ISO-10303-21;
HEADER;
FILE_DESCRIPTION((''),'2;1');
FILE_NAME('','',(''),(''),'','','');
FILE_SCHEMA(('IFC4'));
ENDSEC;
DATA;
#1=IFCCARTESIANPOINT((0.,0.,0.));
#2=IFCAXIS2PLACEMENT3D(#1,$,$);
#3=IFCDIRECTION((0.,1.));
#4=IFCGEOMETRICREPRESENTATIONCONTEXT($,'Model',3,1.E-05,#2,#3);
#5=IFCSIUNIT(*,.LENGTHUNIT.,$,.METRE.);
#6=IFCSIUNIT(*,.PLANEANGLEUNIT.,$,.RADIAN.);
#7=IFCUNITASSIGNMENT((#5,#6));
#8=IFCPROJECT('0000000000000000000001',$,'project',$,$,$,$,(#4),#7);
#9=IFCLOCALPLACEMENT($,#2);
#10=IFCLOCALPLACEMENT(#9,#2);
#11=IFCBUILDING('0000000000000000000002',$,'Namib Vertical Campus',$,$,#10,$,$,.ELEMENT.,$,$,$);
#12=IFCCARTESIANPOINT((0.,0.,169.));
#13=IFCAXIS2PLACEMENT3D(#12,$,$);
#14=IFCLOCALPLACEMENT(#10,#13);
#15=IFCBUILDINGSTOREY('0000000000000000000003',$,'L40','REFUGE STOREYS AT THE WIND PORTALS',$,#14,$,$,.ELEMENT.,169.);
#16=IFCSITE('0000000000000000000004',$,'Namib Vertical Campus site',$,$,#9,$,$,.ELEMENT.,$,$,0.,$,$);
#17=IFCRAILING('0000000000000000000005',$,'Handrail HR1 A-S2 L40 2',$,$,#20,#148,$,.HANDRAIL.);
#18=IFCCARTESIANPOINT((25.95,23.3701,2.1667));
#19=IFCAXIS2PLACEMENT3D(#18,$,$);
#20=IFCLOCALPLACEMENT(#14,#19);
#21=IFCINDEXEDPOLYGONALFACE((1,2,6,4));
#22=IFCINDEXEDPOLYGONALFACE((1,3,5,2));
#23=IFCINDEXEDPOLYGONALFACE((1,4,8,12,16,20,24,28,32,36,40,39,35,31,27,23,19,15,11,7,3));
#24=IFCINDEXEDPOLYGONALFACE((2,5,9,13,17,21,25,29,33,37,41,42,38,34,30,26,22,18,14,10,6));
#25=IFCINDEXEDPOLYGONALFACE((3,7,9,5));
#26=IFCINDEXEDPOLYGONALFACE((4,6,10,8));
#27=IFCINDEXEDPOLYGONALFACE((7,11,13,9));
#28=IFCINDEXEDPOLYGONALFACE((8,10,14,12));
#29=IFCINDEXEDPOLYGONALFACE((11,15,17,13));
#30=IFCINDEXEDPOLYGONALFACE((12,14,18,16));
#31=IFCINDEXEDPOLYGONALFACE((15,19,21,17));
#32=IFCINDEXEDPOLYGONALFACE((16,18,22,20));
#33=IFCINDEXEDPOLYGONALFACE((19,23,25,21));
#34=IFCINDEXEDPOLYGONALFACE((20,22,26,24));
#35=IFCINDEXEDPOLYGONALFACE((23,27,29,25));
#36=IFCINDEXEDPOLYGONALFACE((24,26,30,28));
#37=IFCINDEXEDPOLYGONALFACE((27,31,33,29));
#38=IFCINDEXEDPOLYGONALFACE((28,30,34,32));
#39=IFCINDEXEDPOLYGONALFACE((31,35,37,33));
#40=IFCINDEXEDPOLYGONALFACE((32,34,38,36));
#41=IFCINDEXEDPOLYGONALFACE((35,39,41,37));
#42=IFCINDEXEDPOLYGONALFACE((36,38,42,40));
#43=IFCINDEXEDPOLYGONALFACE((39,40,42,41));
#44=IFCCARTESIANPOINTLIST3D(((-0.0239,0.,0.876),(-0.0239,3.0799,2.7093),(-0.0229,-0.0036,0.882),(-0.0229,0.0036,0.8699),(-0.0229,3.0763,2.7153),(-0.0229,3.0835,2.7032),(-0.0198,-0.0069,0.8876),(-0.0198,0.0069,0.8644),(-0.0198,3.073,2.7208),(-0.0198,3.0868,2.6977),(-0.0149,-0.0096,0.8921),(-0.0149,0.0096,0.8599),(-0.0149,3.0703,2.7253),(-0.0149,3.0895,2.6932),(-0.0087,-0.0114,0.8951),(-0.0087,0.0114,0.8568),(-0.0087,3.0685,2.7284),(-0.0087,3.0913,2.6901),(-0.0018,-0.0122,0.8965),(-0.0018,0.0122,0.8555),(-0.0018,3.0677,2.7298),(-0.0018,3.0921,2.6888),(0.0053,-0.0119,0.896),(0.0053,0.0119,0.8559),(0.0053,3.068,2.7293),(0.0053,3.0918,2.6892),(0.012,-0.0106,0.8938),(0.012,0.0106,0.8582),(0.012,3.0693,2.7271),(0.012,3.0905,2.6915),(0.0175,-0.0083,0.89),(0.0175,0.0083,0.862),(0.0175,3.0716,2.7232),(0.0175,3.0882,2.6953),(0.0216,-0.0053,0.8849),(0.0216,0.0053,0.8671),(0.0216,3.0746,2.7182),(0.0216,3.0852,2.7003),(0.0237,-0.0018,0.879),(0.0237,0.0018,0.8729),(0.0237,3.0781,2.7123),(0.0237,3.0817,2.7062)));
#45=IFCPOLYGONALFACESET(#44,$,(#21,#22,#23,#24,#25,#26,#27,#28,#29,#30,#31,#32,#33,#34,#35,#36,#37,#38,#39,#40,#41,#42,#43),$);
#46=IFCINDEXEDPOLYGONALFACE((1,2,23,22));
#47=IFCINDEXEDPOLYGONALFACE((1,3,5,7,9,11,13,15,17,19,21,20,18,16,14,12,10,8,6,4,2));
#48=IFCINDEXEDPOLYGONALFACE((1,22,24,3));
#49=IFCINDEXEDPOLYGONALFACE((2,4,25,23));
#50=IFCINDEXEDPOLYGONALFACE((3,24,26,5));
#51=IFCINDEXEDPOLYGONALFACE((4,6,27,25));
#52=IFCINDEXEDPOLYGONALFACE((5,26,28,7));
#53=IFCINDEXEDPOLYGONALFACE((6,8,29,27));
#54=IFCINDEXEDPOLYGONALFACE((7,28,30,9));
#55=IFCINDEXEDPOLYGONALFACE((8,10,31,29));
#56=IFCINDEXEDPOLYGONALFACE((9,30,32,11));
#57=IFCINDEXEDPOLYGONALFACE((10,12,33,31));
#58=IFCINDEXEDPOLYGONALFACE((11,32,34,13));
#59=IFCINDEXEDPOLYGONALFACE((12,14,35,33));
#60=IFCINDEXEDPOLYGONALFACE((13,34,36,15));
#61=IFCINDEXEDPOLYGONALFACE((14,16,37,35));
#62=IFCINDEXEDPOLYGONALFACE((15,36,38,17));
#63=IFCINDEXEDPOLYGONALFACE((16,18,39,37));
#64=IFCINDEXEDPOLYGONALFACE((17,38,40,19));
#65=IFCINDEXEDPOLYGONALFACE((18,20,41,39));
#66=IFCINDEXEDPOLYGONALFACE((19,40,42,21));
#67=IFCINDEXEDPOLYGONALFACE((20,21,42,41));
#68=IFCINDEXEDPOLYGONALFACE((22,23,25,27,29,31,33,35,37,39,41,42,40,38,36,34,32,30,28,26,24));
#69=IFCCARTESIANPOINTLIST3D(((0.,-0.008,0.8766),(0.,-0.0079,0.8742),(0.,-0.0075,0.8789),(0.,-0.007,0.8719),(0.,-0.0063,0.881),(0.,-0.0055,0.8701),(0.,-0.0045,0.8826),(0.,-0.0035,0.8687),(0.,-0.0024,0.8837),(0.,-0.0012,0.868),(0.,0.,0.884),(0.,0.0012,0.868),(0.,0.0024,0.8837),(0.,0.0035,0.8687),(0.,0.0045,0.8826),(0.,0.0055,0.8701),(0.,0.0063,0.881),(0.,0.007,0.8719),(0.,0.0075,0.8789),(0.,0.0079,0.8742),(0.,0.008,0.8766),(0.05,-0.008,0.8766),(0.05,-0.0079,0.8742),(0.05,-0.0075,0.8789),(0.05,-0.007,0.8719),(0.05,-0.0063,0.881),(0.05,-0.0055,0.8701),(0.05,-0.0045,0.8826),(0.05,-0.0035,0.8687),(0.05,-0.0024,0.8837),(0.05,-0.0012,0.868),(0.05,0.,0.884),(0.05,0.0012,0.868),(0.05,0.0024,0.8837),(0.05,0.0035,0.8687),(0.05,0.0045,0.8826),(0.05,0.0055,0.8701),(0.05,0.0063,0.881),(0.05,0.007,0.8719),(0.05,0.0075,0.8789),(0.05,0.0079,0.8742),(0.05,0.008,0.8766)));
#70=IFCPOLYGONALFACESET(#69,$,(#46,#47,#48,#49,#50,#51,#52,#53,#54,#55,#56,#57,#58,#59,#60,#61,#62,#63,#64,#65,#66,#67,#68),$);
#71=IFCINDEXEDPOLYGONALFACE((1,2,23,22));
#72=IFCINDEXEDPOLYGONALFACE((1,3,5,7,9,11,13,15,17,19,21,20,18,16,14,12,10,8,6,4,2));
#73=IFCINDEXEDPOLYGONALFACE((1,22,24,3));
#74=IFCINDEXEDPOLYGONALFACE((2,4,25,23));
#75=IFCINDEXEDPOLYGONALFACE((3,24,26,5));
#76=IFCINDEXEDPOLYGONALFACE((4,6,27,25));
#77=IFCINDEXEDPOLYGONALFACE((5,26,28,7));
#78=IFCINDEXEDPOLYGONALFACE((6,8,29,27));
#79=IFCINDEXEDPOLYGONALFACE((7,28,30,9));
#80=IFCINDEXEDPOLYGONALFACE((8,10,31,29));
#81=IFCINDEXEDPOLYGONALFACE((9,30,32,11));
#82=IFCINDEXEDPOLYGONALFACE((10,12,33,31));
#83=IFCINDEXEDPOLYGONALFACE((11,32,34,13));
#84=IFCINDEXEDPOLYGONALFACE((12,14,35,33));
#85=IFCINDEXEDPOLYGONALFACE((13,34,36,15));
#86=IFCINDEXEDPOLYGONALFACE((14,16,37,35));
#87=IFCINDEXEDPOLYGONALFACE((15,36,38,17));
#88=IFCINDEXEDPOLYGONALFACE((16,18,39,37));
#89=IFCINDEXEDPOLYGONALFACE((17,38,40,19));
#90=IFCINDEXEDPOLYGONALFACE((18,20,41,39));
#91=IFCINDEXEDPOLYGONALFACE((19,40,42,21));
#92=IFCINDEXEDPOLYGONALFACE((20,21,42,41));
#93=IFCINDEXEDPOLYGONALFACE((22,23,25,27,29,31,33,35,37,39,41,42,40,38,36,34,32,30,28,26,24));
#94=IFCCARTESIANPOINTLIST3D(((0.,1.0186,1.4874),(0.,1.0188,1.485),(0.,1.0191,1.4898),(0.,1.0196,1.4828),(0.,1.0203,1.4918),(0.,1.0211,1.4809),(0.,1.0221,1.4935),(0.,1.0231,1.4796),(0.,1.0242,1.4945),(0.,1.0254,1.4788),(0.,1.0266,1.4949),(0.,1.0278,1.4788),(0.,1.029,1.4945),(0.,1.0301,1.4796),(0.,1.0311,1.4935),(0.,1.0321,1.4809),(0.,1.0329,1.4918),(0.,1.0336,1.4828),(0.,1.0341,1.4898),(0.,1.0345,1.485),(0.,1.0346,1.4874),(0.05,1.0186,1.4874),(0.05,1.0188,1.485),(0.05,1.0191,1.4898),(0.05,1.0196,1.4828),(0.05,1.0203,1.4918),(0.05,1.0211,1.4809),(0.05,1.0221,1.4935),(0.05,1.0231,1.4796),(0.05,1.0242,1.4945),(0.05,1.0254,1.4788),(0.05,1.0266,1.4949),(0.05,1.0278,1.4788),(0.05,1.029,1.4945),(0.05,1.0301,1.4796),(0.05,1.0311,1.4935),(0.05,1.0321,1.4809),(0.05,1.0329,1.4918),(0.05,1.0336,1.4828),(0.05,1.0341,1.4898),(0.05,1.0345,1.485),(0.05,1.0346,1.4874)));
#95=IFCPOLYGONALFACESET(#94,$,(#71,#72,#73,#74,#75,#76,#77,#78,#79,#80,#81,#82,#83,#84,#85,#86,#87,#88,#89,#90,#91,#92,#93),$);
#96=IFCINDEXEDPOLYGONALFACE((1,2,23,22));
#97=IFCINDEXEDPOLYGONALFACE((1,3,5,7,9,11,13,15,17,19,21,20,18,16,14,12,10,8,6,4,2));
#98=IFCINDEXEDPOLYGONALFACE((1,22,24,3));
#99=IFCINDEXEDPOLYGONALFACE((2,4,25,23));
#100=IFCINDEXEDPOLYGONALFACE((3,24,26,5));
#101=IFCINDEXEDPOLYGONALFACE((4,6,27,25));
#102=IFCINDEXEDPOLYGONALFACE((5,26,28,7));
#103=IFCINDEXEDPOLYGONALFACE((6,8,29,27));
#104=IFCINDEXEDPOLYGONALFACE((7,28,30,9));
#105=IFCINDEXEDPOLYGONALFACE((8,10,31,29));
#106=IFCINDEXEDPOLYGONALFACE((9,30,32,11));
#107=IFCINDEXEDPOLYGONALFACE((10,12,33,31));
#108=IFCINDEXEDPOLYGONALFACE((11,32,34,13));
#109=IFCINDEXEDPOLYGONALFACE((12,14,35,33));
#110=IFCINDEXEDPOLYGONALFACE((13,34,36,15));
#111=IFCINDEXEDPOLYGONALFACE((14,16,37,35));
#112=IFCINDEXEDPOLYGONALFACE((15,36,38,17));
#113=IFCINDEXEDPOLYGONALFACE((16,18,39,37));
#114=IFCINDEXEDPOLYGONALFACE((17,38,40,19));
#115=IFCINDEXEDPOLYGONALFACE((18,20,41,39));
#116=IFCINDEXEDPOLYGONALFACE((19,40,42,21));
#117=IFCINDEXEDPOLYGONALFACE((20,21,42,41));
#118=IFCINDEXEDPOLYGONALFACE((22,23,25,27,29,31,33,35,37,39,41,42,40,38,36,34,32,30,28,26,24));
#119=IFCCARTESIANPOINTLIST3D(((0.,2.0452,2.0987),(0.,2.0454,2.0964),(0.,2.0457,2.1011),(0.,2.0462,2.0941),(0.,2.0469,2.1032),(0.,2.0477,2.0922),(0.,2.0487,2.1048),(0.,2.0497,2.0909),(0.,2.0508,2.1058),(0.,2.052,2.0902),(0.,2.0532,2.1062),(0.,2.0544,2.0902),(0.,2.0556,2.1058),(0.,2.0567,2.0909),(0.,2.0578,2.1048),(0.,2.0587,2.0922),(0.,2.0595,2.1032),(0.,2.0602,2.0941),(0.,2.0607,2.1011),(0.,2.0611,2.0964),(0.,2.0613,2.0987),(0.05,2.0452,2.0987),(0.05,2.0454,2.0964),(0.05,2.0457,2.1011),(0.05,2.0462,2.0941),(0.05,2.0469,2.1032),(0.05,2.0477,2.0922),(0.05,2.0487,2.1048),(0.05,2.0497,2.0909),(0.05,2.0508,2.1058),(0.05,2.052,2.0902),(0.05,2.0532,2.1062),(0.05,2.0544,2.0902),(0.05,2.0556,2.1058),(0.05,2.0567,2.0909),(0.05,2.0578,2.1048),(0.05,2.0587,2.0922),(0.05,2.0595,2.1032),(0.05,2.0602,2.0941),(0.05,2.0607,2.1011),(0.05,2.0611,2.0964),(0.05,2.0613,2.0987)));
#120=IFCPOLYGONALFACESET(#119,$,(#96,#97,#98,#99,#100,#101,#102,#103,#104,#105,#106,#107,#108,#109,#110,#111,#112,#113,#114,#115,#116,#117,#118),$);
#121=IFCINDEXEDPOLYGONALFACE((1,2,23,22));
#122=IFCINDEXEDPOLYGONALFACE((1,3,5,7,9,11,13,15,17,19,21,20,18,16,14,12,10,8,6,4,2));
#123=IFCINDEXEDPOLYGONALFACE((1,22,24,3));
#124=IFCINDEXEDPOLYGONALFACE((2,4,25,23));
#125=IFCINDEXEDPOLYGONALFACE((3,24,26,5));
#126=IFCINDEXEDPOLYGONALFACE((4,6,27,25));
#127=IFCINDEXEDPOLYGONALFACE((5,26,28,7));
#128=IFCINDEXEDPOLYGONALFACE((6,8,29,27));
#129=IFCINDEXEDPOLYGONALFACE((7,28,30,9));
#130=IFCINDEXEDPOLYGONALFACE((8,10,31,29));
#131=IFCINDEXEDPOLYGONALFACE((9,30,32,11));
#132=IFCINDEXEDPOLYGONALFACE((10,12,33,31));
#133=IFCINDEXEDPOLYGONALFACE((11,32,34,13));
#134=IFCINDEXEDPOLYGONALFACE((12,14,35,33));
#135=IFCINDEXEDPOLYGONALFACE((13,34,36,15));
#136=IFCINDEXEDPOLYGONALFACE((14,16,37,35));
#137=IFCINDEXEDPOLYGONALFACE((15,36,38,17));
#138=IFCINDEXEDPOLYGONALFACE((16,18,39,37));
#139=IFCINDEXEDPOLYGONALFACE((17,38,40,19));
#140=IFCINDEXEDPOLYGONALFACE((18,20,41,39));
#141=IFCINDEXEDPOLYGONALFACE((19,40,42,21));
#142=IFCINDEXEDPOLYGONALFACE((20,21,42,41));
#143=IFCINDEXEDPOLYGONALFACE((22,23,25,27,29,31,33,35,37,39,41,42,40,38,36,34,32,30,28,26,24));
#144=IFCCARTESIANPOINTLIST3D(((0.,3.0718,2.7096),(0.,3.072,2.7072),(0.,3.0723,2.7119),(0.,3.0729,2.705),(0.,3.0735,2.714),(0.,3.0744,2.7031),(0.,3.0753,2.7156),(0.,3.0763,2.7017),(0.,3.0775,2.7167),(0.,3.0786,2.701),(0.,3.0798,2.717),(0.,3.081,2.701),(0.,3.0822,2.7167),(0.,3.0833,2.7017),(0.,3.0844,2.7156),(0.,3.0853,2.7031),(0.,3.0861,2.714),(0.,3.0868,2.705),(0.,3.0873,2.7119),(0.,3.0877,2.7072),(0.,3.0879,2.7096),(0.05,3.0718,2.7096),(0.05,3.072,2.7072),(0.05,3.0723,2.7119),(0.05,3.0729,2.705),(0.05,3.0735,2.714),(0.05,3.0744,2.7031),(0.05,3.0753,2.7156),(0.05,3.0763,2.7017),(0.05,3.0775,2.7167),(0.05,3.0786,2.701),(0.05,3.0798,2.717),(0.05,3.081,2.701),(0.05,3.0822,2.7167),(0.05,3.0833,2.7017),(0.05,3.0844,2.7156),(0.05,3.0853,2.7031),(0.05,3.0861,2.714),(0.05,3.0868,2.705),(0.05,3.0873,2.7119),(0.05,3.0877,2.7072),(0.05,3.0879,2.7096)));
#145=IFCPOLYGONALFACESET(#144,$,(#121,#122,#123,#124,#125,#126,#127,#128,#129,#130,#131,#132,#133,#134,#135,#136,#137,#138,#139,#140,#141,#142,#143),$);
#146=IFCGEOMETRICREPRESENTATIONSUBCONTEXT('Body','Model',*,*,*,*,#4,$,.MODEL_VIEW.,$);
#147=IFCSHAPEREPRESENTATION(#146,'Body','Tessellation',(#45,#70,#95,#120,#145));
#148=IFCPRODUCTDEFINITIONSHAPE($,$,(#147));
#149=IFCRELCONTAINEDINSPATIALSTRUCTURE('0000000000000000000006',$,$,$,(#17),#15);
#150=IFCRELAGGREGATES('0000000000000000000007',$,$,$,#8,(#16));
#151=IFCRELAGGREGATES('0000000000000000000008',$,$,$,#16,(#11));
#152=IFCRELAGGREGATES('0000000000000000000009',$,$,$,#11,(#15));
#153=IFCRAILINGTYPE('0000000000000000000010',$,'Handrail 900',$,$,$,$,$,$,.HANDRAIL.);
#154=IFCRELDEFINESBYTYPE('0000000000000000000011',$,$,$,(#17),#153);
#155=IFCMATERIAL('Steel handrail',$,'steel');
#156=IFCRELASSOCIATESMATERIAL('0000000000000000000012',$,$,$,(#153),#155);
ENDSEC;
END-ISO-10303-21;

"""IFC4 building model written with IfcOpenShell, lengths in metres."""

from ifc_helpers import new_model, si_unit, direction, frame, origin, origin_2d, place, context, subcontext, project, spatial, circle, extrude, material, type_object, element, save


model = new_model("IFC4")

# Units and contexts
model_context = context("Model", 3, precision=1e-05, world=origin(), true_north=direction((0.0, 1.0)))
body_context = subcontext(model_context, "Body", "Model", "MODEL_VIEW")
ifc_project = project(units=[si_unit("LENGTHUNIT", "METRE"), si_unit("PLANEANGLEUNIT", "RADIAN")], contexts=[model_context])

# Site, building, storey
site_placement = place(None, origin())
site = spatial("IfcSite", under=ifc_project, at=site_placement, Name="Namib Vertical Campus site", CompositionType="ELEMENT", RefElevation=0.0)
building_placement = place(site_placement, origin())
building = spatial("IfcBuilding", under=site, at=building_placement, Name="Namib Vertical Campus", CompositionType="ELEMENT")
storey_placement = place(building_placement, frame((0.0, 0.0, 169.0)))
storey = spatial("IfcBuildingStorey", under=building, at=storey_placement, Name="L40", Description="REFUGE STOREYS AT THE WIND PORTALS", CompositionType="ELEMENT", Elevation=169.0)

# Railing
ifc_material_1 = material(Name="Steel handrail", Category="steel")
railing_type_1 = type_object("IfcRailingType", Name="Handrail 900", PredefinedType="HANDRAIL", material=ifc_material_1)
railing_1_placement = place(storey_placement, frame((25.95, 23.3701, 2.1667)))
element("IfcRailing", 1, at=railing_1_placement, inside=storey, type_object=railing_type_1, Name="Handrail HR1 A-S2 L40 2", PredefinedType="HANDRAIL", context=body_context, shape_type="SweptSolid", body=[
    extrude(circle(Radius=0.0239, at=origin_2d()), frame((0.0, 0.0, 0.876), z_axis=(0.0, 0.859291, 0.511487), x_axis=(-1.0, 0.0, 0.0)), (0.0, 0.0, 1.0), 3.5842),
    extrude(circle(Radius=0.0081, at=origin_2d()), frame((0.0, 0.0, 0.876), z_axis=(1.0, 0.0, 0.0), x_axis=(0.0, 0.0, 1.0)), (0.0, 0.0, 1.0), 0.05),
    extrude(circle(Radius=0.0081, at=origin_2d()), frame((0.0, 1.0266, 1.4868), z_axis=(1.0, 0.0, 0.0), x_axis=(0.0, 0.0, 1.0)), (0.0, 0.0, 1.0), 0.05),
    extrude(circle(Radius=0.0081, at=origin_2d()), frame((0.0, 2.0532, 2.0981), z_axis=(1.0, 0.0, 0.0), x_axis=(0.0, 0.0, 1.0)), (0.0, 0.0, 1.0), 0.05),
    extrude(circle(Radius=0.0081, at=origin_2d()), frame((0.0, 3.0798, 2.709), z_axis=(1.0, 0.0, 0.0), x_axis=(0.0, 0.0, 1.0)), (0.0, 0.0, 1.0), 0.05),
])

save(model, "model.ifc")
